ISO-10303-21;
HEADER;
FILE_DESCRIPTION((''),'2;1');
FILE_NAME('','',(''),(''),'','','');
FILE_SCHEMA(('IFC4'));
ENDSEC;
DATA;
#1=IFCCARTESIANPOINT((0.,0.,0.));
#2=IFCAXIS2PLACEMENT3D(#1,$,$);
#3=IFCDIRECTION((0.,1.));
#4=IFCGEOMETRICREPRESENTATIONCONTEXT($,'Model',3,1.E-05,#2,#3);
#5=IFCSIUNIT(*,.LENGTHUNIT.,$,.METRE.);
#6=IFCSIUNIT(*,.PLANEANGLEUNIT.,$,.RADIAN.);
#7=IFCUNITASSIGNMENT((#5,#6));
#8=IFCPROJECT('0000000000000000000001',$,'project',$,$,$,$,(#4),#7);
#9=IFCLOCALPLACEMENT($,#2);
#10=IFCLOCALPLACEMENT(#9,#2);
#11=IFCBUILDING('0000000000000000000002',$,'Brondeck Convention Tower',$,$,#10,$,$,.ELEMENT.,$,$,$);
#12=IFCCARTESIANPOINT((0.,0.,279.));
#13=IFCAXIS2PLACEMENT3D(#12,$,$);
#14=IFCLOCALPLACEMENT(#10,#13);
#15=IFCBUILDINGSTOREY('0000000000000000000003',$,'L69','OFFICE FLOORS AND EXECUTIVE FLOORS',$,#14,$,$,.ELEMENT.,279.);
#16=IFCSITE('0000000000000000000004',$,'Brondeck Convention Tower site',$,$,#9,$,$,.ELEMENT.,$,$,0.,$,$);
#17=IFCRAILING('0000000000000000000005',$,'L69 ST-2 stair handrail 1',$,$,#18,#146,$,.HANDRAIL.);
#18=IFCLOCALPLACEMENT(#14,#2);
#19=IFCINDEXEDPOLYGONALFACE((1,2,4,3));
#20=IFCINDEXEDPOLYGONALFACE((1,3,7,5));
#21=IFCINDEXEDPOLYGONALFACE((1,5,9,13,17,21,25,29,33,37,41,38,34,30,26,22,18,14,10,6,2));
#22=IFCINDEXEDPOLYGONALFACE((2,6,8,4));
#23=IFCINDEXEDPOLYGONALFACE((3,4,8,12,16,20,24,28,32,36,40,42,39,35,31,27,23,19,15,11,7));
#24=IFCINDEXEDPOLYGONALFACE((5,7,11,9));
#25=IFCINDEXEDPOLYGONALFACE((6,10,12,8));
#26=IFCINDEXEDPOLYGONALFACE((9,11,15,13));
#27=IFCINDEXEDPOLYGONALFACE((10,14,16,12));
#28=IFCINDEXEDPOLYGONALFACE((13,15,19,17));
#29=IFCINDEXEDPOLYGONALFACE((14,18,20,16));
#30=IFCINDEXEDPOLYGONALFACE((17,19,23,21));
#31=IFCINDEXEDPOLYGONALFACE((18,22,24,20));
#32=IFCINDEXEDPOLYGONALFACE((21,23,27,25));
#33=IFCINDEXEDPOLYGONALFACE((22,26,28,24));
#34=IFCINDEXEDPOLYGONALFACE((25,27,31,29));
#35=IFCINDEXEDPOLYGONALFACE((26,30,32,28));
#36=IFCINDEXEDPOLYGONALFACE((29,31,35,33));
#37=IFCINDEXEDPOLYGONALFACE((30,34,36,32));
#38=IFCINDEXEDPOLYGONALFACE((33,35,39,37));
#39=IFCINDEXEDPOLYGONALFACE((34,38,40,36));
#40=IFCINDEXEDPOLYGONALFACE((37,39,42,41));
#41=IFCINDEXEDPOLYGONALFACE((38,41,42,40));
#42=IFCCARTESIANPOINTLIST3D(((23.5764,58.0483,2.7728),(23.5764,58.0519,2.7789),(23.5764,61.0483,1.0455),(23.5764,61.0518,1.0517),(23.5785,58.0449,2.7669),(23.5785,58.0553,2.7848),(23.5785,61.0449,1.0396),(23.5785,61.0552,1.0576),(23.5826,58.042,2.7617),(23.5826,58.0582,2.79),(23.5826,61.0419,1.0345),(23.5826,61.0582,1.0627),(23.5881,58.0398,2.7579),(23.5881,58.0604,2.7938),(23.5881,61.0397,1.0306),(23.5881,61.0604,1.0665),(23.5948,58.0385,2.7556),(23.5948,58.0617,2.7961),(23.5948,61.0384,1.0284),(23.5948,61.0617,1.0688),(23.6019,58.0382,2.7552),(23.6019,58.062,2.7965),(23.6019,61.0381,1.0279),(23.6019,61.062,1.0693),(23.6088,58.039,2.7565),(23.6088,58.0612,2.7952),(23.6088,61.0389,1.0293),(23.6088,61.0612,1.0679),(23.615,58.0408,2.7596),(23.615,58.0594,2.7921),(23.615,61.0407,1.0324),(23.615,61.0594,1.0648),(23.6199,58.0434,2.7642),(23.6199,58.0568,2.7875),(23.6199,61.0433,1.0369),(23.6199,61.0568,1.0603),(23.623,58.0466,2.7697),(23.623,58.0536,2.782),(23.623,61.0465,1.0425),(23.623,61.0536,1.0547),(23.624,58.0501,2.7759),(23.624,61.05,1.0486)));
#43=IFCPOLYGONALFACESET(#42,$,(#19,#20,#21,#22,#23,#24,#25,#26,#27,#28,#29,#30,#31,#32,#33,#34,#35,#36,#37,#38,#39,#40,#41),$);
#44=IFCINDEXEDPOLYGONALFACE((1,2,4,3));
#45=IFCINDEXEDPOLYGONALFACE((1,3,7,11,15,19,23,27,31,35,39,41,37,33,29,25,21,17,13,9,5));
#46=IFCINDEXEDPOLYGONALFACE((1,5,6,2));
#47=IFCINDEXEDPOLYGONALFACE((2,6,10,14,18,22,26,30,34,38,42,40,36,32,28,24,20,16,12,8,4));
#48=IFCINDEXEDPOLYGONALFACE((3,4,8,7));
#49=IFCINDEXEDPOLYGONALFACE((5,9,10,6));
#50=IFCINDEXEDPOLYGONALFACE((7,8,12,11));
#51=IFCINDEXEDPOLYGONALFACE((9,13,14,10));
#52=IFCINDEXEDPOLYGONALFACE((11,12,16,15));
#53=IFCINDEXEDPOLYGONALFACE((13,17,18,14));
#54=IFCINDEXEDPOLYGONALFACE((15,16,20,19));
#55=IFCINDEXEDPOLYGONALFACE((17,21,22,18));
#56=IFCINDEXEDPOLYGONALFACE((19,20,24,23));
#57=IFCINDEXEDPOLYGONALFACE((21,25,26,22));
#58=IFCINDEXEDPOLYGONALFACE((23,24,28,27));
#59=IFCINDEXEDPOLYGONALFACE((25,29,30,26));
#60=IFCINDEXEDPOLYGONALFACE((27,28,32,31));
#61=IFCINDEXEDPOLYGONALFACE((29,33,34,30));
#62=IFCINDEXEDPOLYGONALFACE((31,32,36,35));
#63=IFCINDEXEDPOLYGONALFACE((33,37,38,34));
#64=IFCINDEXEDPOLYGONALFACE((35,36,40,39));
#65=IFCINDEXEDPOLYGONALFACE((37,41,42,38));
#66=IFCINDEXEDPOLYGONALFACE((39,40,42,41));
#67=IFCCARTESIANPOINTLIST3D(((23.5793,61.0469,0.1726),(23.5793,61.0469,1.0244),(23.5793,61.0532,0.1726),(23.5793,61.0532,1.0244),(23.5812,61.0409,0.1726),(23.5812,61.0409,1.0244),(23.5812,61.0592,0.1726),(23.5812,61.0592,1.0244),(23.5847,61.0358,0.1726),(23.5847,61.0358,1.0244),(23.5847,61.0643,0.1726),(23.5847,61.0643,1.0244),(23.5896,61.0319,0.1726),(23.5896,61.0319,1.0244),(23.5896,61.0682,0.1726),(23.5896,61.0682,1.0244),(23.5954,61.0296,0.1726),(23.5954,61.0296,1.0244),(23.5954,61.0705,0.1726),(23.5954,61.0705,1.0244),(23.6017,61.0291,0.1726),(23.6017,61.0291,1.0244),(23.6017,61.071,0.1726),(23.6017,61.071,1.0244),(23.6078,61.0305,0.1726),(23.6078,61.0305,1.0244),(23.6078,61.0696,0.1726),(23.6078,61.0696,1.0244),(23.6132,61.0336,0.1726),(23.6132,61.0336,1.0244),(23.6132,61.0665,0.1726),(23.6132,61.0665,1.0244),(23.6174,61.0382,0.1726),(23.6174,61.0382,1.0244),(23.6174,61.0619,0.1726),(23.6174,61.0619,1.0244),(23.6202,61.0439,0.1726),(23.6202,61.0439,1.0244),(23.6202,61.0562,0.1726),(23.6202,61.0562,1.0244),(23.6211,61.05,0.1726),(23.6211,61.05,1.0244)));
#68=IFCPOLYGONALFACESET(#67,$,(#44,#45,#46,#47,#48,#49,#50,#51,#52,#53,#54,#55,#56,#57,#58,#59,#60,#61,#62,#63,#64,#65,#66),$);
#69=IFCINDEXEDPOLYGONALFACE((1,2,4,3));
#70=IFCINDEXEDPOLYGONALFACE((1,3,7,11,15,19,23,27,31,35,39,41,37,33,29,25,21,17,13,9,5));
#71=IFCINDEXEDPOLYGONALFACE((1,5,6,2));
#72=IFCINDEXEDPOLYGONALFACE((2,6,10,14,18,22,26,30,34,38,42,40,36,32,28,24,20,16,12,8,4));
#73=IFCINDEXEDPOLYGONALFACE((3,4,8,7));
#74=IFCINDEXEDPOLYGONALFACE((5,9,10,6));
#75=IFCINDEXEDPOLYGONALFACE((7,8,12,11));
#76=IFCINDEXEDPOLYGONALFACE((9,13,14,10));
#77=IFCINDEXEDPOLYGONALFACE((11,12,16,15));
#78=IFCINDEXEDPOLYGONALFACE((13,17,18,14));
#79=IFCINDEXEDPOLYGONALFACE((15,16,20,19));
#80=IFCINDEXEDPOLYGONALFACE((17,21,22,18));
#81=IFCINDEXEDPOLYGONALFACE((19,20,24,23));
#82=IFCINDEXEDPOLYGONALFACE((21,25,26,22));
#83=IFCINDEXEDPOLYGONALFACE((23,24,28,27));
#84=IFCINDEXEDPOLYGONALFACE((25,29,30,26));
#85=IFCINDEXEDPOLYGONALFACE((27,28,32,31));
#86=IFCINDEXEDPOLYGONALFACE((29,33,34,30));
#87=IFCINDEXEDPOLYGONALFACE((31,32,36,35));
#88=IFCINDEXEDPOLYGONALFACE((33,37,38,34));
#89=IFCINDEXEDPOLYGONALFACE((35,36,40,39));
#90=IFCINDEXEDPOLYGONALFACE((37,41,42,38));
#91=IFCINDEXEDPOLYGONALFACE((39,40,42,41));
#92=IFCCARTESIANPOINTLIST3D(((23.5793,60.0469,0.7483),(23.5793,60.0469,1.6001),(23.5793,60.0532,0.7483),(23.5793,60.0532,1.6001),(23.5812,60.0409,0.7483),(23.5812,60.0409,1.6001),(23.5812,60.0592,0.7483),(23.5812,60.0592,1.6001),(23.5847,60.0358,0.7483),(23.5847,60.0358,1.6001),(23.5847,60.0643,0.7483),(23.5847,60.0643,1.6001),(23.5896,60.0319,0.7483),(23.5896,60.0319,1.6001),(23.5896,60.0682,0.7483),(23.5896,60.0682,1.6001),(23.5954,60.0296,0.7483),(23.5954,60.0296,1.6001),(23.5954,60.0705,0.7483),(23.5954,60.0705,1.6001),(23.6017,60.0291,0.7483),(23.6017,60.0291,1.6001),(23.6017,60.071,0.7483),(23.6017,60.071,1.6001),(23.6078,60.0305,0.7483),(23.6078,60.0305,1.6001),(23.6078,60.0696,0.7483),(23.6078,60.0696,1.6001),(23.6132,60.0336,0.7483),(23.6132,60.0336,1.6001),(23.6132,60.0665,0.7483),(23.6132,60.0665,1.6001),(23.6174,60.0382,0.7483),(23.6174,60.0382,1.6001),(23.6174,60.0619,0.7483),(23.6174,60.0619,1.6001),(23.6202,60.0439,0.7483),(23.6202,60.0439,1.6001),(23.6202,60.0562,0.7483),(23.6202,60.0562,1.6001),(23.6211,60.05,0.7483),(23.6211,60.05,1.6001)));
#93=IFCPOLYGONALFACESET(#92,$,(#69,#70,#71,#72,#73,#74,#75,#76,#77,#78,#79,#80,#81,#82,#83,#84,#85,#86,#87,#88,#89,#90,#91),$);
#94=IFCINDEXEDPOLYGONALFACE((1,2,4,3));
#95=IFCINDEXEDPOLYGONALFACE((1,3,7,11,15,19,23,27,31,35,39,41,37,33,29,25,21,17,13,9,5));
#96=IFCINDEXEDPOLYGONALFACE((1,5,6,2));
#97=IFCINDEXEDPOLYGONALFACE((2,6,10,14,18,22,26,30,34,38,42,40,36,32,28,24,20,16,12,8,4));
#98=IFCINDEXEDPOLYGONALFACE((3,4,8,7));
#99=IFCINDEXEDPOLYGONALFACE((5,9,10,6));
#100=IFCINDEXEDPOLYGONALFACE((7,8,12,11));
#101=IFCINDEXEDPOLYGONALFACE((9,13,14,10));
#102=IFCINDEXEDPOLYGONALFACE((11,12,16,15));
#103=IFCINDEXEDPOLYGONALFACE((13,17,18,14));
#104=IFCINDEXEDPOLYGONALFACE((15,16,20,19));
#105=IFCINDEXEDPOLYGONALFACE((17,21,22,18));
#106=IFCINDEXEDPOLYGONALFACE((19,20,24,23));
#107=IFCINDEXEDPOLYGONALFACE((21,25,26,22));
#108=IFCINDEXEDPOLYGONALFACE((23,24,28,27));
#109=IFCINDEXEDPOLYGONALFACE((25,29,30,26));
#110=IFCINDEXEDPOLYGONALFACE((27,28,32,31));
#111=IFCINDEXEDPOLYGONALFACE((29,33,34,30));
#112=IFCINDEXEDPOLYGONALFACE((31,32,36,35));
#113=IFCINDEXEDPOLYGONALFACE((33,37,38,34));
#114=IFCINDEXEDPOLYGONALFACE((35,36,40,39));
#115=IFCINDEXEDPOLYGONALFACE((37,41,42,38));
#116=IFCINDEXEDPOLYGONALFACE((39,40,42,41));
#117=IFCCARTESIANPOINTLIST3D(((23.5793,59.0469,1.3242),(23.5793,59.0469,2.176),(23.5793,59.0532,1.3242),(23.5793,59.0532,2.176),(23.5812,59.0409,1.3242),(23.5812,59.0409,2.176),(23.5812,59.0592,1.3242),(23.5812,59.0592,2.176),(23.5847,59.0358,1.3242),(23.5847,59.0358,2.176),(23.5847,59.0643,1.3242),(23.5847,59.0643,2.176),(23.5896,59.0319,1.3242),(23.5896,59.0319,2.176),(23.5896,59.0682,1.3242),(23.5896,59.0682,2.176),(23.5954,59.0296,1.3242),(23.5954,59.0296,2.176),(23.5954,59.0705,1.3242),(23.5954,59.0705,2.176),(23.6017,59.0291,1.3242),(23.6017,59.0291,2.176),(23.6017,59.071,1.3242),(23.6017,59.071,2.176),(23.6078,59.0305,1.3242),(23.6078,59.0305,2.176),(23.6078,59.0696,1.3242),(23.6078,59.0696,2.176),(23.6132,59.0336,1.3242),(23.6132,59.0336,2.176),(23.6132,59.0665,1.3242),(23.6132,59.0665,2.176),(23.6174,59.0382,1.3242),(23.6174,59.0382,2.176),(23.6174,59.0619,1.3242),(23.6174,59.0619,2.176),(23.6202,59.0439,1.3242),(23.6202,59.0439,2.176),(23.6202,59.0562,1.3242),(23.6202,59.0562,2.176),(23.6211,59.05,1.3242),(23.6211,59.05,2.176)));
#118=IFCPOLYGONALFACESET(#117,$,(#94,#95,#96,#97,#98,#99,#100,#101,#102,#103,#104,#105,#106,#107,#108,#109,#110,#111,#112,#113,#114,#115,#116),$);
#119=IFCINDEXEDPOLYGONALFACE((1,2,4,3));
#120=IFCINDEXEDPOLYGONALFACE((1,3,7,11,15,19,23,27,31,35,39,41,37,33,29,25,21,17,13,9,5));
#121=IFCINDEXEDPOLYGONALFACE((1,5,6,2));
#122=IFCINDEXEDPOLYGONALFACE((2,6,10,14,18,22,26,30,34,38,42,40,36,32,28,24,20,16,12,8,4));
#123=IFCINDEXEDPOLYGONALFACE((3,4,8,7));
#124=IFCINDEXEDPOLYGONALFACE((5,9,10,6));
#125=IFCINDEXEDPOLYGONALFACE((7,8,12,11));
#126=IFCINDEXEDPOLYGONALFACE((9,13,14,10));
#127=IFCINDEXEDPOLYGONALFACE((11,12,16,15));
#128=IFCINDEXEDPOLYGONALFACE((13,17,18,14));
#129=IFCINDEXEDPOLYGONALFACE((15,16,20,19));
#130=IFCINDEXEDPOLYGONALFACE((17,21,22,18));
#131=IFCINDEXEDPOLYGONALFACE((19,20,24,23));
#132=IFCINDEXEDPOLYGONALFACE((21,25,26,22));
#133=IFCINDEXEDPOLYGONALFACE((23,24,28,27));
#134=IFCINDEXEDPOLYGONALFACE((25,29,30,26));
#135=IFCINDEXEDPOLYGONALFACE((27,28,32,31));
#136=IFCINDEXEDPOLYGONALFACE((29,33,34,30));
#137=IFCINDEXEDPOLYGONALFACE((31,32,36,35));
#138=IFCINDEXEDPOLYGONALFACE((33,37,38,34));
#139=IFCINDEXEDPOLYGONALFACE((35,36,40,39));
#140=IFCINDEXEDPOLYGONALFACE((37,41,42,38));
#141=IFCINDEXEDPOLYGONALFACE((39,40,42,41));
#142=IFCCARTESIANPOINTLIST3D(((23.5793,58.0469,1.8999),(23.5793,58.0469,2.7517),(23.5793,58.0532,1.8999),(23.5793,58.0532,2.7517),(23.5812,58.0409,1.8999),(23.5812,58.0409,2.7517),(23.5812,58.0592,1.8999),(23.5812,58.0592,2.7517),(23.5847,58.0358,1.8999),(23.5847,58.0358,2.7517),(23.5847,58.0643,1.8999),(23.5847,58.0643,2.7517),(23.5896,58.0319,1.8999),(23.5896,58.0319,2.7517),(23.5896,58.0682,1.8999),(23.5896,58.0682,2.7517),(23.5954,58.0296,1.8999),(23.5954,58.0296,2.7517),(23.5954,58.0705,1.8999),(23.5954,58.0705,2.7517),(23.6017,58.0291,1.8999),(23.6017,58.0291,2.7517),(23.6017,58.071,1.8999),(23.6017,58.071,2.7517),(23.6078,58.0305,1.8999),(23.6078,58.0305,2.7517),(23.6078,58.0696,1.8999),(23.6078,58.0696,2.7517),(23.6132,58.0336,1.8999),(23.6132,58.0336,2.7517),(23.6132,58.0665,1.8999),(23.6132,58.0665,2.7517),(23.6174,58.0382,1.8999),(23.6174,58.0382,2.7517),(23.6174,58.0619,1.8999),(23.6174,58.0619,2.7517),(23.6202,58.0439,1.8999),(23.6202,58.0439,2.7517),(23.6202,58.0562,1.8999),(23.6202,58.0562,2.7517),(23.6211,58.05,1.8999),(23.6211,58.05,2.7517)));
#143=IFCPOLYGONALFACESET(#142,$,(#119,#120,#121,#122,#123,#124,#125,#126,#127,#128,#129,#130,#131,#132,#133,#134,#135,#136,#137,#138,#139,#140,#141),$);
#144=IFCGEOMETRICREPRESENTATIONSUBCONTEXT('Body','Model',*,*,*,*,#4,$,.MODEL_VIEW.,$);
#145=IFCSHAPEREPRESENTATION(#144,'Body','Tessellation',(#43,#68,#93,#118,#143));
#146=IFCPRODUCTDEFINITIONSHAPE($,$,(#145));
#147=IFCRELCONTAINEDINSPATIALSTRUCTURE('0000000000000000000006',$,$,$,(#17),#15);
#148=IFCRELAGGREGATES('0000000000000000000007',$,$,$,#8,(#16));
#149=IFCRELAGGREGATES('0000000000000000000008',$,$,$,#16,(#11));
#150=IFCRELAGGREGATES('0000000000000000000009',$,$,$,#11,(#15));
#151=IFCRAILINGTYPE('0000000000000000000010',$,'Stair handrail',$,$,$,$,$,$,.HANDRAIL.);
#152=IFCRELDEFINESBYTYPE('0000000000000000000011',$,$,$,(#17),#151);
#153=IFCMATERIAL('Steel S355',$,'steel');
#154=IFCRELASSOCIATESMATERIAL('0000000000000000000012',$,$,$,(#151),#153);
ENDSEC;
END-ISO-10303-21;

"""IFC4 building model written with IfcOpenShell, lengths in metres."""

from ifc_helpers import new_model, si_unit, direction, frame, origin, origin_2d, place, context, subcontext, project, spatial, circle, extrude, material, type_object, element, save


model = new_model("IFC4")

# Units and contexts
model_context = context("Model", 3, precision=1e-05, world=origin(), true_north=direction((0.0, 1.0)))
body_context = subcontext(model_context, "Body", "Model", "MODEL_VIEW")
ifc_project = project(units=[si_unit("LENGTHUNIT", "METRE"), si_unit("PLANEANGLEUNIT", "RADIAN")], contexts=[model_context])

# Site, building, storey
site_placement = place(None, origin())
site = spatial("IfcSite", under=ifc_project, at=site_placement, Name="Brondeck Convention Tower site", CompositionType="ELEMENT", RefElevation=0.0)
building_placement = place(site_placement, origin())
building = spatial("IfcBuilding", under=site, at=building_placement, Name="Brondeck Convention Tower", CompositionType="ELEMENT")
storey_placement = place(building_placement, frame((0.0, 0.0, 279.0)))
storey = spatial("IfcBuildingStorey", under=building, at=storey_placement, Name="L69", Description="OFFICE FLOORS AND EXECUTIVE FLOORS", CompositionType="ELEMENT", Elevation=279.0)

# Railing
ifc_material_1 = material(Name="Steel S355", Category="steel")
railing_type = type_object("IfcRailingType", Name="Stair handrail", PredefinedType="HANDRAIL", material=ifc_material_1)
railing_1_placement = place(storey_placement, frame((23.6001, 61.05, 0.1726)))
element("IfcRailing", 1, at=railing_1_placement, inside=storey, type_object=railing_type, Name="L69 ST-2 stair handrail 1", PredefinedType="HANDRAIL", context=body_context, shape_type="SweptSolid", body=[
    extrude(circle(Radius=0.0239, at=origin_2d()), frame((0.0, 0.0, 0.876), z_axis=(0.0, -0.86662, 0.498969), x_axis=(1.0, 0.0, 0.0)), (0.0, 0.0, 1.0), 3.4617),
    extrude(circle(Radius=0.021, at=origin_2d()), origin(), (0.0, 0.0, 1.0), 0.8518),
    extrude(circle(Radius=0.021, at=origin_2d()), frame((0.0, -1.0, 0.5757)), (0.0, 0.0, 1.0), 0.8518),
    extrude(circle(Radius=0.021, at=origin_2d()), frame((0.0, -2.0, 1.1516)), (0.0, 0.0, 1.0), 0.8518),
    extrude(circle(Radius=0.021, at=origin_2d()), frame((0.0, -3.0, 1.7273)), (0.0, 0.0, 1.0), 0.8518),
])

save(model, "model.ifc")
